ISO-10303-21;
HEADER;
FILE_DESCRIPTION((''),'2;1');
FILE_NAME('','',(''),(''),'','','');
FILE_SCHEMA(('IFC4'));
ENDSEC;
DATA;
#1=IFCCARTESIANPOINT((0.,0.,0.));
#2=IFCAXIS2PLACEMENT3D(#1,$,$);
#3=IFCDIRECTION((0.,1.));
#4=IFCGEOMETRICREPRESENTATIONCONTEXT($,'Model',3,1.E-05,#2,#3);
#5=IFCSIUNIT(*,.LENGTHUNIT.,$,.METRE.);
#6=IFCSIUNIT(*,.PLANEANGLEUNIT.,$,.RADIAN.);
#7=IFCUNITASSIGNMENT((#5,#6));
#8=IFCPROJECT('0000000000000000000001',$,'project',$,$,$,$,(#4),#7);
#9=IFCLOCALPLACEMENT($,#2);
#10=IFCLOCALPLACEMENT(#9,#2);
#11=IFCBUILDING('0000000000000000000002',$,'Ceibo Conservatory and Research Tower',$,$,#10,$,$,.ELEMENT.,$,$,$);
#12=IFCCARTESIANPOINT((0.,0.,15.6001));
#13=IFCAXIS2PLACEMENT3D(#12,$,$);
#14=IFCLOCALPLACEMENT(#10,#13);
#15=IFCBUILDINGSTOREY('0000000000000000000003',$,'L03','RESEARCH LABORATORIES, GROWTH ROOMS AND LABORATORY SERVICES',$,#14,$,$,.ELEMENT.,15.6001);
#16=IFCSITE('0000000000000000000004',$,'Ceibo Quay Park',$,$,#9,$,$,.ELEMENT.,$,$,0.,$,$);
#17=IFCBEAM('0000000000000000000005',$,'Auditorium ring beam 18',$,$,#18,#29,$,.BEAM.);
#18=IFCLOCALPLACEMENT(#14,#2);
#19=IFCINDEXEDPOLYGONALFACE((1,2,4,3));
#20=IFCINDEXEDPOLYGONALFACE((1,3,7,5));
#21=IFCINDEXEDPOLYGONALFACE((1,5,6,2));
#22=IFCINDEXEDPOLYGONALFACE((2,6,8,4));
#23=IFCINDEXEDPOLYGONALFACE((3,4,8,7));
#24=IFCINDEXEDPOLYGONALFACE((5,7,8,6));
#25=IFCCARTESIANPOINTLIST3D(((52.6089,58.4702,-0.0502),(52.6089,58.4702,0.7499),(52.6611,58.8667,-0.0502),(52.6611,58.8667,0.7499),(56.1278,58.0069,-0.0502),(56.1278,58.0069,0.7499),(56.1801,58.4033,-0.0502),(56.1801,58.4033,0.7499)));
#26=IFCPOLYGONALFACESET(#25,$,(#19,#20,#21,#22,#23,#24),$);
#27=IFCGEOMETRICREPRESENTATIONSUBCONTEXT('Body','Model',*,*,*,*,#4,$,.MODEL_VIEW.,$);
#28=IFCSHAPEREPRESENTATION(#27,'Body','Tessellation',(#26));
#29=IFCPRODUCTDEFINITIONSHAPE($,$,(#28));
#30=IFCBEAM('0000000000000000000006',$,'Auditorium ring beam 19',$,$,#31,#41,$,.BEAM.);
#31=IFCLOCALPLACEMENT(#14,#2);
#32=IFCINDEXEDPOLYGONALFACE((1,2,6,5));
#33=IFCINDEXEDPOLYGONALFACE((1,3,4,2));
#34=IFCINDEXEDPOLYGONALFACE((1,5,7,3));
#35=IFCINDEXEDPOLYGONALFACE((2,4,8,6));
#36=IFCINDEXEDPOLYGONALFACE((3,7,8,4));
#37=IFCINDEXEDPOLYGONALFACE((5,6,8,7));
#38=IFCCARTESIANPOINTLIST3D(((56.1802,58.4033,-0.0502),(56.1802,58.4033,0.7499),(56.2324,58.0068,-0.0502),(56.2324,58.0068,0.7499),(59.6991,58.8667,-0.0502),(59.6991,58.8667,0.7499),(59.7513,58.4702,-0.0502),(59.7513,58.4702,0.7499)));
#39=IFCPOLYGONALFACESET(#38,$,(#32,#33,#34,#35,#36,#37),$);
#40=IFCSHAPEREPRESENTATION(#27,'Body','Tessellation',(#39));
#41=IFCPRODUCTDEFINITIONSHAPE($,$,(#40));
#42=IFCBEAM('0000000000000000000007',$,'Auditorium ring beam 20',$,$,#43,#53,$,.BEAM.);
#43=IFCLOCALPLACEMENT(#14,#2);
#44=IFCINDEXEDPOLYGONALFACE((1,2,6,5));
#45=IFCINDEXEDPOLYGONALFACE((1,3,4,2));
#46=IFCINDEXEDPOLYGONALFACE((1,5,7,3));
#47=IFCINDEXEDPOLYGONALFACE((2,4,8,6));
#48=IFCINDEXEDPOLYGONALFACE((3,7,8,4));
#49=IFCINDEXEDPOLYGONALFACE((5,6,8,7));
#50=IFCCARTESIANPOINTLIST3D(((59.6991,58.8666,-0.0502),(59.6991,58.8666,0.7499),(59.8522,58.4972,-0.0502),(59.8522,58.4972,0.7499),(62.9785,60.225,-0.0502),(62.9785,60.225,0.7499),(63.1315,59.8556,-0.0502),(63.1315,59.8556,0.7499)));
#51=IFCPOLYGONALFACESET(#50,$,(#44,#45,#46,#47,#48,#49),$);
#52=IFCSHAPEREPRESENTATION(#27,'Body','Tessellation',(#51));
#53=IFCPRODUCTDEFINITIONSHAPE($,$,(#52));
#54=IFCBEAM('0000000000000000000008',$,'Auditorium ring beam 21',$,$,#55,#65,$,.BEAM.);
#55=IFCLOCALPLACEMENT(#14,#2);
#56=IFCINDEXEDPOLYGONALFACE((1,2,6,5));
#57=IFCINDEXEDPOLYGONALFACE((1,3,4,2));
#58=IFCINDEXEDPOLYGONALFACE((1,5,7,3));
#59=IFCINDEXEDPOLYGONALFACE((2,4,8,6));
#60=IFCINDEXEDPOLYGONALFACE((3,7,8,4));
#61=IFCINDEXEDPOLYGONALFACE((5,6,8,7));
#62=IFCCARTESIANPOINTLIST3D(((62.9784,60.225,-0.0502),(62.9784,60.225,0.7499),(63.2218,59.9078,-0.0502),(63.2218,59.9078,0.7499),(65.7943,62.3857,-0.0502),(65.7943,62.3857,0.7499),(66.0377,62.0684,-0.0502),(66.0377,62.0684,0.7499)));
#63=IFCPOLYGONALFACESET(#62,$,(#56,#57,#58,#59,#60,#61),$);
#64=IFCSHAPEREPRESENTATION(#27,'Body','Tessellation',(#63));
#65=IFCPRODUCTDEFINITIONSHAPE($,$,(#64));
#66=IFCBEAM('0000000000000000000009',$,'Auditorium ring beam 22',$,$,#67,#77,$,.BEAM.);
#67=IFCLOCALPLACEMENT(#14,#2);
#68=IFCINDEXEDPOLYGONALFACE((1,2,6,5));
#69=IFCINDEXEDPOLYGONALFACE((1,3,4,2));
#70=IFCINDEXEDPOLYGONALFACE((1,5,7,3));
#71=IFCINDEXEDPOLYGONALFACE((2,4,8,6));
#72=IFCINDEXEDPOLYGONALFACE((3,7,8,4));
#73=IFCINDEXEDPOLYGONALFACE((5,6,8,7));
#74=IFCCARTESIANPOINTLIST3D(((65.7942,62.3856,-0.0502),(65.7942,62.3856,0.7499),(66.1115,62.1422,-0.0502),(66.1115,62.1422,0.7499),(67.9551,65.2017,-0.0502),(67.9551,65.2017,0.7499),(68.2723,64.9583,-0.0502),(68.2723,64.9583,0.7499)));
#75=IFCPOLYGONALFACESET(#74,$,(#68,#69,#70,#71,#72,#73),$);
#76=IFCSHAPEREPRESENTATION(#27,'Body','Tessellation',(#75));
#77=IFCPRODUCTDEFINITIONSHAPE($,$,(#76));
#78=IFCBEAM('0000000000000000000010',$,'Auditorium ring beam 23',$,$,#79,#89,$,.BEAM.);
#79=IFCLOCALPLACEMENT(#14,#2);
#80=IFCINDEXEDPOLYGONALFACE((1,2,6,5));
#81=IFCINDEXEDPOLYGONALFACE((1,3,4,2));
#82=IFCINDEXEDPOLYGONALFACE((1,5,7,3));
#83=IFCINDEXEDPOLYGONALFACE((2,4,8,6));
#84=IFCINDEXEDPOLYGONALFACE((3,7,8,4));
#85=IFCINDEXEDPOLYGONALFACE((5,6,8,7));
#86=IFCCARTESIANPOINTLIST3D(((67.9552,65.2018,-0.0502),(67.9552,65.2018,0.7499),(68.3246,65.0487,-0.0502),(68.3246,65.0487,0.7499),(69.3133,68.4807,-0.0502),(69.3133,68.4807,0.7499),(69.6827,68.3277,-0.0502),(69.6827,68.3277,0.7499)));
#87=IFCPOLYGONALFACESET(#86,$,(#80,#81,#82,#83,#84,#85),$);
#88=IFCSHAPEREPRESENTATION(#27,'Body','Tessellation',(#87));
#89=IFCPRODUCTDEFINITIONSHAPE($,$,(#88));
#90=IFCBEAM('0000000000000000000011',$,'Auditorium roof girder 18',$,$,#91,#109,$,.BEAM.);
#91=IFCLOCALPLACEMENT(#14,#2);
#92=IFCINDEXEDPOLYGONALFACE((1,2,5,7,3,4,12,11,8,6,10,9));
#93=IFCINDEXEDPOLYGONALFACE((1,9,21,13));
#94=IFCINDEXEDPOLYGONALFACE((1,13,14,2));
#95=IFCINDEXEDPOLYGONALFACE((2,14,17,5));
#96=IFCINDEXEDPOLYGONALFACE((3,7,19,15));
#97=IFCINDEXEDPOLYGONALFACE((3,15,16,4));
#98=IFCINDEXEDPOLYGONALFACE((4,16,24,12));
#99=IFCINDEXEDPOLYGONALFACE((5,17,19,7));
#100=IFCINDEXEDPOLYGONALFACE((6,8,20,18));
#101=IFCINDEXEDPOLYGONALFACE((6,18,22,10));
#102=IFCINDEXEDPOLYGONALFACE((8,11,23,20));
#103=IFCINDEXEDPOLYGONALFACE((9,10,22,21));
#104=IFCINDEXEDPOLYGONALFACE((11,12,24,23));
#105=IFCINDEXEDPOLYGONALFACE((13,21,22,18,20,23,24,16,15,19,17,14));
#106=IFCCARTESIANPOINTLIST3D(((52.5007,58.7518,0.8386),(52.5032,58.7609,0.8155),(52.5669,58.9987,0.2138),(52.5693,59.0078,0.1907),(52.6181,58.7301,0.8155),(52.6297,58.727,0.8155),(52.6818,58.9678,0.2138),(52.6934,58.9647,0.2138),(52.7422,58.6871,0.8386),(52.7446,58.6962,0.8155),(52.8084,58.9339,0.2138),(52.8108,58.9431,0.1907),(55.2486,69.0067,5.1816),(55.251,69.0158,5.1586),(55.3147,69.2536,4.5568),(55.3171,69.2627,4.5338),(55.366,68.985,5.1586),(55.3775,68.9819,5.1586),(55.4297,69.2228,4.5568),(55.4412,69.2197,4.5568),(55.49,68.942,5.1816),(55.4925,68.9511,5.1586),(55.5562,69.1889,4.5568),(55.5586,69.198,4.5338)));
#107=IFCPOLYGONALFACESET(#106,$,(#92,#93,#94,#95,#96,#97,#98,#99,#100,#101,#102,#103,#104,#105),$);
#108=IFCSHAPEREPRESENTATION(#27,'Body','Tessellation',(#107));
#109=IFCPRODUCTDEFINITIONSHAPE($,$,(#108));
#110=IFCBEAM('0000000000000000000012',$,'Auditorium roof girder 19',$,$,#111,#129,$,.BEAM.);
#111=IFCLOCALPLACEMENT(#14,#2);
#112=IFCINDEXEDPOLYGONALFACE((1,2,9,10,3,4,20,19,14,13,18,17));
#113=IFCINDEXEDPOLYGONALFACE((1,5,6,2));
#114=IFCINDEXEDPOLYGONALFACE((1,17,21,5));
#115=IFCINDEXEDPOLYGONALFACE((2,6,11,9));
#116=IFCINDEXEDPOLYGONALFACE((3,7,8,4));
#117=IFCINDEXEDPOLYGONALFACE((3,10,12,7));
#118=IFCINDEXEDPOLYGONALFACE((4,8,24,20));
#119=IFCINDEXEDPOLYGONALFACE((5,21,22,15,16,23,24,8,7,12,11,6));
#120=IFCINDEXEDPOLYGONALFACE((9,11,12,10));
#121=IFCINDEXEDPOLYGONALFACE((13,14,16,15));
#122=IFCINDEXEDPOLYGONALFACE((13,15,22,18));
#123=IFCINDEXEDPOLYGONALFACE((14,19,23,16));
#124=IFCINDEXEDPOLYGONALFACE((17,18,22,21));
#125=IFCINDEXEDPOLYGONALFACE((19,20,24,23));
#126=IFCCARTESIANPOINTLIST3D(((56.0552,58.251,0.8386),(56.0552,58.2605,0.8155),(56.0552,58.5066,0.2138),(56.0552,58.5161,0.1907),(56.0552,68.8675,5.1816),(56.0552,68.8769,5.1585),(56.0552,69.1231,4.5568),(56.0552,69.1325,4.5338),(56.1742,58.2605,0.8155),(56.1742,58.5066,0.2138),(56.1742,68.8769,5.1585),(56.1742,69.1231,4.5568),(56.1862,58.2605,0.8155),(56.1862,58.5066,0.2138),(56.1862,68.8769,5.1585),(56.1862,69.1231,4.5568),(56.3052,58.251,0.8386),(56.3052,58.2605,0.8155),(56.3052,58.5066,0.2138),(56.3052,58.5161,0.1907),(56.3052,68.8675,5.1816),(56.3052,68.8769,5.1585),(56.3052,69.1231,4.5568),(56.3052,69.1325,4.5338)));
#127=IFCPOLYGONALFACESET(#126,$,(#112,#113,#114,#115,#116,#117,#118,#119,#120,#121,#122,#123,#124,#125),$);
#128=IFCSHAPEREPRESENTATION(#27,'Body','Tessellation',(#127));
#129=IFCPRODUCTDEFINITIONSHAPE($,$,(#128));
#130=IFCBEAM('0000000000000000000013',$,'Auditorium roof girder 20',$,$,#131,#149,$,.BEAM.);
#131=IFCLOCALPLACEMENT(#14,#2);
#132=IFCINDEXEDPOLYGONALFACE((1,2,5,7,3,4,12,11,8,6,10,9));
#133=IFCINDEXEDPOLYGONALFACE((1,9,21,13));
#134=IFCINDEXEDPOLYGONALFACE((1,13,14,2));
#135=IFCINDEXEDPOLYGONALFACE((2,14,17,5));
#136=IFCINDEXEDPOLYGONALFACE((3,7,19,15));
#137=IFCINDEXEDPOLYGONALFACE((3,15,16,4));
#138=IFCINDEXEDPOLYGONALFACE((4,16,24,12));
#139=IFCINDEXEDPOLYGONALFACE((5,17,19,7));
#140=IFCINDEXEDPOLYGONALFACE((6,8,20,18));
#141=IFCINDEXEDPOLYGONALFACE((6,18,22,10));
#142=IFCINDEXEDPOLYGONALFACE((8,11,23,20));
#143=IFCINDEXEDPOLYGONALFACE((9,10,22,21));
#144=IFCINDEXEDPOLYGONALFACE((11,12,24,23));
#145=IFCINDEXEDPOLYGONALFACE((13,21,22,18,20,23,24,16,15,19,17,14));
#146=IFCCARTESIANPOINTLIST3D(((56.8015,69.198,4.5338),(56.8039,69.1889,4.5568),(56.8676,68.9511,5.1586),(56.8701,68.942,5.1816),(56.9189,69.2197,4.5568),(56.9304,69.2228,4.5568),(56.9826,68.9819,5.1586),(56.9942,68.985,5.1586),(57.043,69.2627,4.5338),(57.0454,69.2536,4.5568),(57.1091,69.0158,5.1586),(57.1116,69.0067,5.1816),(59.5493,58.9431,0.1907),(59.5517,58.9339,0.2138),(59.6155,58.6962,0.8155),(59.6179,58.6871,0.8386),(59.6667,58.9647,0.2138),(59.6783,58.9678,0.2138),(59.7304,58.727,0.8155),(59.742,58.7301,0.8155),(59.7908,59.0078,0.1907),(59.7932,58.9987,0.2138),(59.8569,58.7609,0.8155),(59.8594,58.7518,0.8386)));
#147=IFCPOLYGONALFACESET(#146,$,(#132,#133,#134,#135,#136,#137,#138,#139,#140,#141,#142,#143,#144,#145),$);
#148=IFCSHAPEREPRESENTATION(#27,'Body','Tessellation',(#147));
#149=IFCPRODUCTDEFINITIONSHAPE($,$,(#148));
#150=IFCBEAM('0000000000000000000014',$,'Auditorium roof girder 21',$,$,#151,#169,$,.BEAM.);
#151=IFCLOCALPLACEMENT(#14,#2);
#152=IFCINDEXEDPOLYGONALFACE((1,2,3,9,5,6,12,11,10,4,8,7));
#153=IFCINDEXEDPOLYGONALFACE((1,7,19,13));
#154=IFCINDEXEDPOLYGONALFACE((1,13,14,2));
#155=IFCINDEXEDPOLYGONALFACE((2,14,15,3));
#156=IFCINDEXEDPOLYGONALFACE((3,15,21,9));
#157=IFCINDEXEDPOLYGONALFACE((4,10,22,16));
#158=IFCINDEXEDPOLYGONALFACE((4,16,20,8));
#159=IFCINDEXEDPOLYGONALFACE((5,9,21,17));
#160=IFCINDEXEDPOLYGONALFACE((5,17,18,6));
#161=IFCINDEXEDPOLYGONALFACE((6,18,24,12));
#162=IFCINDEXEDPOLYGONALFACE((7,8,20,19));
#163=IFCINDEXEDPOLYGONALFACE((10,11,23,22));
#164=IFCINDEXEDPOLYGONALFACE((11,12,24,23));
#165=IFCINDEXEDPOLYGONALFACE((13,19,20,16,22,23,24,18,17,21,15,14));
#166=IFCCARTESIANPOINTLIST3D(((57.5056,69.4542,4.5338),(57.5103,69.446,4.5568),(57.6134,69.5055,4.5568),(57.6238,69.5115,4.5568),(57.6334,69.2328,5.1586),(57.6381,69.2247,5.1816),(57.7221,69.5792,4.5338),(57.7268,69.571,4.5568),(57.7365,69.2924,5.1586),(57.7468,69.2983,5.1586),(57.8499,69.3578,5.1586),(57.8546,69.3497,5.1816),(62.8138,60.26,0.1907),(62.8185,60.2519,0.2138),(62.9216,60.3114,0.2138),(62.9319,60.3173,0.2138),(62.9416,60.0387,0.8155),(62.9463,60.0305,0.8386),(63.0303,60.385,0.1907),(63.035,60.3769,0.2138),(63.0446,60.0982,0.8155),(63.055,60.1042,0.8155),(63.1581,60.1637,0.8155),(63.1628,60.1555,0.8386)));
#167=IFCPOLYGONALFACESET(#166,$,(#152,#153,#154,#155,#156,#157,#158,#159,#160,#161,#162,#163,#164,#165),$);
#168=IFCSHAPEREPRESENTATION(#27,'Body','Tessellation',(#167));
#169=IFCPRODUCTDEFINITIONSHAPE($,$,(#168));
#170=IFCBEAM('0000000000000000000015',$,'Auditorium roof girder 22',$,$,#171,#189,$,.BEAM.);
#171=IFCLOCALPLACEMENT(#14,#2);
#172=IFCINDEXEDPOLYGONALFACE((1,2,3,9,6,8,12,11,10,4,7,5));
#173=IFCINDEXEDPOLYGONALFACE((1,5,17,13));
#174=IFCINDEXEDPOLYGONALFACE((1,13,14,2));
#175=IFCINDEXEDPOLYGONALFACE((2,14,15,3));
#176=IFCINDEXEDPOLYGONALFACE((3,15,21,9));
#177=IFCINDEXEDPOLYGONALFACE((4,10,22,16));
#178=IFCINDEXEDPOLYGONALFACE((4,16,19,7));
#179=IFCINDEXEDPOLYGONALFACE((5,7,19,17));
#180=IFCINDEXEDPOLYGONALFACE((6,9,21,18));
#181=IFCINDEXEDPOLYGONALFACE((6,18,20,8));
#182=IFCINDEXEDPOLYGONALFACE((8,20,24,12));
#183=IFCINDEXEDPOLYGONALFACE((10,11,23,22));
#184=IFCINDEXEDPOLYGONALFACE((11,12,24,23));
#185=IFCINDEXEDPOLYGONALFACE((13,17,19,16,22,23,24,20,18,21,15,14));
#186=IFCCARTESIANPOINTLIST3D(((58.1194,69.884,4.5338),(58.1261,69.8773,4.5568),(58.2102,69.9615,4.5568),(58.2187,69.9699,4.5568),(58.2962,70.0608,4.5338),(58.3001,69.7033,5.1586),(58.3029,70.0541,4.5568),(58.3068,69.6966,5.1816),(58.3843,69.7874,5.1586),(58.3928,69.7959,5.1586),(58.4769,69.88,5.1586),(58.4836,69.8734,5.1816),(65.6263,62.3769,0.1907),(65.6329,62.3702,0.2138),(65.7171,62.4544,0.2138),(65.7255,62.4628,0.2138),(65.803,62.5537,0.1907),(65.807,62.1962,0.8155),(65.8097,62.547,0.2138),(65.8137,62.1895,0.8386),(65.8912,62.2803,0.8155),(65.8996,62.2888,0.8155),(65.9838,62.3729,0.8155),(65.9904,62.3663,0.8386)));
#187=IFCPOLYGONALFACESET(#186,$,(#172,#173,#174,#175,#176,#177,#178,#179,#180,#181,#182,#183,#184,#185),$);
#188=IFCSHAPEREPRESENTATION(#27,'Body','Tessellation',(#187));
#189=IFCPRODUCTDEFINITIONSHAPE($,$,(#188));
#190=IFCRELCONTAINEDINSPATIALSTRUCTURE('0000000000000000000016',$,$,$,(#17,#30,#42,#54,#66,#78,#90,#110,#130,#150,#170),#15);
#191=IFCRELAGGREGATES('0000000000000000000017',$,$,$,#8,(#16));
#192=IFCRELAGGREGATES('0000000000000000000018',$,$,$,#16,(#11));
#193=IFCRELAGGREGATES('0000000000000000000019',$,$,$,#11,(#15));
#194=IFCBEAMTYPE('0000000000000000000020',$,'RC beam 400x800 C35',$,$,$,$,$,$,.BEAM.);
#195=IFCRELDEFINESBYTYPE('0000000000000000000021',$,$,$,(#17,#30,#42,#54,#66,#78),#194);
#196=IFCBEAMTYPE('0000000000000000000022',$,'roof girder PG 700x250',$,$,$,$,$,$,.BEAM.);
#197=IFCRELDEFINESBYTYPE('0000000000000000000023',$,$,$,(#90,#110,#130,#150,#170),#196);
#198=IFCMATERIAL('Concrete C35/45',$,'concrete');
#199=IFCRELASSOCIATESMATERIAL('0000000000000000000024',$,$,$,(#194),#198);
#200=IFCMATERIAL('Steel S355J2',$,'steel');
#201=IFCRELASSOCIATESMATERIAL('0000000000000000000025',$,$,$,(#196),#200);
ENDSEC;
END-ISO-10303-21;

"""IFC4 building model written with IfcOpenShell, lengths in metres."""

from ifc_helpers import new_model, si_unit, direction, frame, origin, origin_2d, place, context, subcontext, project, spatial, rectangle, i_section, extrude, material, material_profile, profile_set, type_object, element, save


model = new_model("IFC4")

# Units and contexts
model_context = context("Model", 3, precision=1e-05, world=origin(), true_north=direction((0.0, 1.0)))
body_context = subcontext(model_context, "Body", "Model", "MODEL_VIEW")
ifc_project = project(units=[si_unit("LENGTHUNIT", "METRE"), si_unit("PLANEANGLEUNIT", "RADIAN")], contexts=[model_context])

# Site, building, storey
site_placement = place(None, origin())
site = spatial("IfcSite", under=ifc_project, at=site_placement, Name="Ceibo Quay Park", CompositionType="ELEMENT", RefElevation=0.0)
building_placement = place(site_placement, origin())
building = spatial("IfcBuilding", under=site, at=building_placement, Name="Ceibo Conservatory and Research Tower", CompositionType="ELEMENT")
storey_placement = place(building_placement, frame((0.0, 0.0, 15.6001)))
storey = spatial("IfcBuildingStorey", under=building, at=storey_placement, Name="L03", Description="RESEARCH LABORATORIES, GROWTH ROOMS AND LABORATORY SERVICES", CompositionType="ELEMENT", Elevation=15.6001)

# Beams
ifc_material_1 = material(Name="Concrete C35/45", Category="concrete")
ifc_material_profile_1 = material_profile(ifc_material_1, rectangle(XDim=0.3999, YDim=0.8, at=origin_2d()), Name="RC 400x800")
ifc_profile_set_1 = profile_set([ifc_material_profile_1], Name="Concrete C35/45")
beam_type_1 = type_object("IfcBeamType", Name="RC beam 400x800 C35", PredefinedType="BEAM", material=ifc_profile_set_1)
for number, where, z_axis, x_axis, name in (
    (1, (52.635, 58.6685, 0.3499), (0.991442, -0.130551, 0.0), (0.130551, 0.991442, 0.0), "Auditorium ring beam 18"),
    (2, (56.2063, 58.2051, 0.3499), (0.991442, 0.130551, 0.0), (-0.130551, 0.991442, 0.0), "Auditorium ring beam 19"),
):
    element("IfcBeam", number, at=place(storey_placement, frame(where, z_axis=z_axis, x_axis=x_axis)), inside=storey, type_object=beam_type_1, Name=name, PredefinedType="BEAM", context=body_context, shape_type="SweptSolid", body=[
        extrude(rectangle(XDim=0.3999, YDim=0.8, at=origin_2d()), origin(), (0.0, 0.0, 1.0), 3.5493),
    ])
beam_1_placement = place(storey_placement, frame((59.7756, 58.6819, 0.3499), z_axis=(0.923873, 0.3827, 0.0), x_axis=(-0.3827, 0.923873, 0.0)))
element("IfcBeam", 3, at=beam_1_placement, inside=storey, type_object=beam_type_1, Name="Auditorium ring beam 20", PredefinedType="BEAM", context=body_context, shape_type="SweptSolid", body=[
    extrude(rectangle(XDim=0.3999, YDim=0.8, at=origin_2d()), origin(), (0.0, 0.0, 1.0), 3.5496),
])
beam_2_placement = place(storey_placement, frame((63.1001, 60.0664, 0.3499), z_axis=(0.793365, 0.608746, 0.0), x_axis=(-0.608746, 0.793365, 0.0)))
element("IfcBeam", 4, at=beam_2_placement, inside=storey, type_object=beam_type_1, Name="Auditorium ring beam 21", PredefinedType="BEAM", context=body_context, shape_type="SweptSolid", body=[
    extrude(rectangle(XDim=0.3999, YDim=0.8, at=origin_2d()), origin(), (0.0, 0.0, 1.0), 3.5493),
])
beam_3_placement = place(storey_placement, frame((65.9529, 62.2639, 0.3499), z_axis=(0.608756, 0.793357, 0.0), x_axis=(-0.793357, 0.608756, 0.0)))
element("IfcBeam", 5, at=beam_3_placement, inside=storey, type_object=beam_type_1, Name="Auditorium ring beam 22", PredefinedType="BEAM", context=body_context, shape_type="SweptSolid", body=[
    extrude(rectangle(XDim=0.3999, YDim=0.8, at=origin_2d()), origin(), (0.0, 0.0, 1.0), 3.5496),
])
beam_4_placement = place(storey_placement, frame((68.1399, 65.1252, 0.3499), z_axis=(0.382666, 0.923887, 0.0), x_axis=(-0.923887, 0.382666, 0.0)))
element("IfcBeam", 6, at=beam_4_placement, inside=storey, type_object=beam_type_1, Name="Auditorium ring beam 23", PredefinedType="BEAM", context=body_context, shape_type="SweptSolid", body=[
    extrude(rectangle(XDim=0.3999, YDim=0.8, at=origin_2d()), origin(), (0.0, 0.0, 1.0), 3.5491),
])
ifc_material_2 = material(Name="Steel S355J2", Category="steel")
ifc_material_profile_2 = material_profile(ifc_material_2, i_section(OverallWidth=0.25, OverallDepth=0.7, WebThickness=0.012, FlangeThickness=0.0249, at=origin_2d()), Name="PG 700x250")
ifc_profile_set_2 = profile_set([ifc_material_profile_2], Name="Steel S355J2")
beam_type_2 = type_object("IfcBeamType", Name="roof girder PG 700x250", PredefinedType="BEAM", material=ifc_profile_set_2)
beam_5_placement = place(storey_placement, frame((52.6558, 58.8474, 0.5146), z_axis=(0.239552, 0.894014, 0.378621), x_axis=(-0.965925, 0.25882, 0.0)))
element("IfcBeam", 7, at=beam_5_placement, inside=storey, type_object=beam_type_2, Name="Auditorium roof girder 18", PredefinedType="BEAM", context=body_context, shape_type="SweptSolid", body=[
    extrude(i_section(OverallWidth=0.25, OverallDepth=0.7, WebThickness=0.012, FlangeThickness=0.0249, at=origin_2d()), origin(), (0.0, 0.0, 1.0), 11.4707),
])
beam_6_placement = place(storey_placement, frame((56.1802, 58.3835, 0.5146), z_axis=(0.0, 0.925549, 0.378627), x_axis=(-1.0, 0.0, 0.0)))
element("IfcBeam", 8, at=beam_6_placement, inside=storey, type_object=beam_type_2, Name="Auditorium roof girder 19", PredefinedType="BEAM", context=body_context, shape_type="SweptSolid", body=[
    extrude(i_section(OverallWidth=0.25, OverallDepth=0.7, WebThickness=0.012, FlangeThickness=0.0249, at=origin_2d()), origin(), (0.0, 0.0, 1.0), 11.4705),
])
beam_7_placement = place(storey_placement, frame((59.7043, 58.8474, 0.5146), z_axis=(-0.239552, 0.894014, 0.378621), x_axis=(-0.965925, -0.25882, 0.0)))
element("IfcBeam", 9, at=beam_7_placement, inside=storey, type_object=beam_type_2, Name="Auditorium roof girder 20", PredefinedType="BEAM", context=body_context, shape_type="SweptSolid", body=[
    extrude(i_section(OverallWidth=0.25, OverallDepth=0.7, WebThickness=0.012, FlangeThickness=0.0249, at=origin_2d()), origin(), (0.0, 0.0, 1.0), 11.4707),
])
for number, where, z_axis, x_axis, name in (
    (10, (62.9883, 60.2078, 0.5146), (-0.462767, 0.801552, 0.37863), (-0.86603, -0.499993, 0.0), "Auditorium roof girder 21"),
    (11, (65.8083, 62.3716, 0.5146), (-0.654451, 0.654473, 0.378627), (-0.707118, -0.707095, 0.0), "Auditorium roof girder 22"),
):
    element("IfcBeam", number, at=place(storey_placement, frame(where, z_axis=z_axis, x_axis=x_axis)), inside=storey, type_object=beam_type_2, Name=name, PredefinedType="BEAM", context=body_context, shape_type="SweptSolid", body=[
        extrude(i_section(OverallWidth=0.25, OverallDepth=0.7, WebThickness=0.012, FlangeThickness=0.0249, at=origin_2d()), origin(), (0.0, 0.0, 1.0), 11.4705),
    ])

save(model, "model.ifc")
